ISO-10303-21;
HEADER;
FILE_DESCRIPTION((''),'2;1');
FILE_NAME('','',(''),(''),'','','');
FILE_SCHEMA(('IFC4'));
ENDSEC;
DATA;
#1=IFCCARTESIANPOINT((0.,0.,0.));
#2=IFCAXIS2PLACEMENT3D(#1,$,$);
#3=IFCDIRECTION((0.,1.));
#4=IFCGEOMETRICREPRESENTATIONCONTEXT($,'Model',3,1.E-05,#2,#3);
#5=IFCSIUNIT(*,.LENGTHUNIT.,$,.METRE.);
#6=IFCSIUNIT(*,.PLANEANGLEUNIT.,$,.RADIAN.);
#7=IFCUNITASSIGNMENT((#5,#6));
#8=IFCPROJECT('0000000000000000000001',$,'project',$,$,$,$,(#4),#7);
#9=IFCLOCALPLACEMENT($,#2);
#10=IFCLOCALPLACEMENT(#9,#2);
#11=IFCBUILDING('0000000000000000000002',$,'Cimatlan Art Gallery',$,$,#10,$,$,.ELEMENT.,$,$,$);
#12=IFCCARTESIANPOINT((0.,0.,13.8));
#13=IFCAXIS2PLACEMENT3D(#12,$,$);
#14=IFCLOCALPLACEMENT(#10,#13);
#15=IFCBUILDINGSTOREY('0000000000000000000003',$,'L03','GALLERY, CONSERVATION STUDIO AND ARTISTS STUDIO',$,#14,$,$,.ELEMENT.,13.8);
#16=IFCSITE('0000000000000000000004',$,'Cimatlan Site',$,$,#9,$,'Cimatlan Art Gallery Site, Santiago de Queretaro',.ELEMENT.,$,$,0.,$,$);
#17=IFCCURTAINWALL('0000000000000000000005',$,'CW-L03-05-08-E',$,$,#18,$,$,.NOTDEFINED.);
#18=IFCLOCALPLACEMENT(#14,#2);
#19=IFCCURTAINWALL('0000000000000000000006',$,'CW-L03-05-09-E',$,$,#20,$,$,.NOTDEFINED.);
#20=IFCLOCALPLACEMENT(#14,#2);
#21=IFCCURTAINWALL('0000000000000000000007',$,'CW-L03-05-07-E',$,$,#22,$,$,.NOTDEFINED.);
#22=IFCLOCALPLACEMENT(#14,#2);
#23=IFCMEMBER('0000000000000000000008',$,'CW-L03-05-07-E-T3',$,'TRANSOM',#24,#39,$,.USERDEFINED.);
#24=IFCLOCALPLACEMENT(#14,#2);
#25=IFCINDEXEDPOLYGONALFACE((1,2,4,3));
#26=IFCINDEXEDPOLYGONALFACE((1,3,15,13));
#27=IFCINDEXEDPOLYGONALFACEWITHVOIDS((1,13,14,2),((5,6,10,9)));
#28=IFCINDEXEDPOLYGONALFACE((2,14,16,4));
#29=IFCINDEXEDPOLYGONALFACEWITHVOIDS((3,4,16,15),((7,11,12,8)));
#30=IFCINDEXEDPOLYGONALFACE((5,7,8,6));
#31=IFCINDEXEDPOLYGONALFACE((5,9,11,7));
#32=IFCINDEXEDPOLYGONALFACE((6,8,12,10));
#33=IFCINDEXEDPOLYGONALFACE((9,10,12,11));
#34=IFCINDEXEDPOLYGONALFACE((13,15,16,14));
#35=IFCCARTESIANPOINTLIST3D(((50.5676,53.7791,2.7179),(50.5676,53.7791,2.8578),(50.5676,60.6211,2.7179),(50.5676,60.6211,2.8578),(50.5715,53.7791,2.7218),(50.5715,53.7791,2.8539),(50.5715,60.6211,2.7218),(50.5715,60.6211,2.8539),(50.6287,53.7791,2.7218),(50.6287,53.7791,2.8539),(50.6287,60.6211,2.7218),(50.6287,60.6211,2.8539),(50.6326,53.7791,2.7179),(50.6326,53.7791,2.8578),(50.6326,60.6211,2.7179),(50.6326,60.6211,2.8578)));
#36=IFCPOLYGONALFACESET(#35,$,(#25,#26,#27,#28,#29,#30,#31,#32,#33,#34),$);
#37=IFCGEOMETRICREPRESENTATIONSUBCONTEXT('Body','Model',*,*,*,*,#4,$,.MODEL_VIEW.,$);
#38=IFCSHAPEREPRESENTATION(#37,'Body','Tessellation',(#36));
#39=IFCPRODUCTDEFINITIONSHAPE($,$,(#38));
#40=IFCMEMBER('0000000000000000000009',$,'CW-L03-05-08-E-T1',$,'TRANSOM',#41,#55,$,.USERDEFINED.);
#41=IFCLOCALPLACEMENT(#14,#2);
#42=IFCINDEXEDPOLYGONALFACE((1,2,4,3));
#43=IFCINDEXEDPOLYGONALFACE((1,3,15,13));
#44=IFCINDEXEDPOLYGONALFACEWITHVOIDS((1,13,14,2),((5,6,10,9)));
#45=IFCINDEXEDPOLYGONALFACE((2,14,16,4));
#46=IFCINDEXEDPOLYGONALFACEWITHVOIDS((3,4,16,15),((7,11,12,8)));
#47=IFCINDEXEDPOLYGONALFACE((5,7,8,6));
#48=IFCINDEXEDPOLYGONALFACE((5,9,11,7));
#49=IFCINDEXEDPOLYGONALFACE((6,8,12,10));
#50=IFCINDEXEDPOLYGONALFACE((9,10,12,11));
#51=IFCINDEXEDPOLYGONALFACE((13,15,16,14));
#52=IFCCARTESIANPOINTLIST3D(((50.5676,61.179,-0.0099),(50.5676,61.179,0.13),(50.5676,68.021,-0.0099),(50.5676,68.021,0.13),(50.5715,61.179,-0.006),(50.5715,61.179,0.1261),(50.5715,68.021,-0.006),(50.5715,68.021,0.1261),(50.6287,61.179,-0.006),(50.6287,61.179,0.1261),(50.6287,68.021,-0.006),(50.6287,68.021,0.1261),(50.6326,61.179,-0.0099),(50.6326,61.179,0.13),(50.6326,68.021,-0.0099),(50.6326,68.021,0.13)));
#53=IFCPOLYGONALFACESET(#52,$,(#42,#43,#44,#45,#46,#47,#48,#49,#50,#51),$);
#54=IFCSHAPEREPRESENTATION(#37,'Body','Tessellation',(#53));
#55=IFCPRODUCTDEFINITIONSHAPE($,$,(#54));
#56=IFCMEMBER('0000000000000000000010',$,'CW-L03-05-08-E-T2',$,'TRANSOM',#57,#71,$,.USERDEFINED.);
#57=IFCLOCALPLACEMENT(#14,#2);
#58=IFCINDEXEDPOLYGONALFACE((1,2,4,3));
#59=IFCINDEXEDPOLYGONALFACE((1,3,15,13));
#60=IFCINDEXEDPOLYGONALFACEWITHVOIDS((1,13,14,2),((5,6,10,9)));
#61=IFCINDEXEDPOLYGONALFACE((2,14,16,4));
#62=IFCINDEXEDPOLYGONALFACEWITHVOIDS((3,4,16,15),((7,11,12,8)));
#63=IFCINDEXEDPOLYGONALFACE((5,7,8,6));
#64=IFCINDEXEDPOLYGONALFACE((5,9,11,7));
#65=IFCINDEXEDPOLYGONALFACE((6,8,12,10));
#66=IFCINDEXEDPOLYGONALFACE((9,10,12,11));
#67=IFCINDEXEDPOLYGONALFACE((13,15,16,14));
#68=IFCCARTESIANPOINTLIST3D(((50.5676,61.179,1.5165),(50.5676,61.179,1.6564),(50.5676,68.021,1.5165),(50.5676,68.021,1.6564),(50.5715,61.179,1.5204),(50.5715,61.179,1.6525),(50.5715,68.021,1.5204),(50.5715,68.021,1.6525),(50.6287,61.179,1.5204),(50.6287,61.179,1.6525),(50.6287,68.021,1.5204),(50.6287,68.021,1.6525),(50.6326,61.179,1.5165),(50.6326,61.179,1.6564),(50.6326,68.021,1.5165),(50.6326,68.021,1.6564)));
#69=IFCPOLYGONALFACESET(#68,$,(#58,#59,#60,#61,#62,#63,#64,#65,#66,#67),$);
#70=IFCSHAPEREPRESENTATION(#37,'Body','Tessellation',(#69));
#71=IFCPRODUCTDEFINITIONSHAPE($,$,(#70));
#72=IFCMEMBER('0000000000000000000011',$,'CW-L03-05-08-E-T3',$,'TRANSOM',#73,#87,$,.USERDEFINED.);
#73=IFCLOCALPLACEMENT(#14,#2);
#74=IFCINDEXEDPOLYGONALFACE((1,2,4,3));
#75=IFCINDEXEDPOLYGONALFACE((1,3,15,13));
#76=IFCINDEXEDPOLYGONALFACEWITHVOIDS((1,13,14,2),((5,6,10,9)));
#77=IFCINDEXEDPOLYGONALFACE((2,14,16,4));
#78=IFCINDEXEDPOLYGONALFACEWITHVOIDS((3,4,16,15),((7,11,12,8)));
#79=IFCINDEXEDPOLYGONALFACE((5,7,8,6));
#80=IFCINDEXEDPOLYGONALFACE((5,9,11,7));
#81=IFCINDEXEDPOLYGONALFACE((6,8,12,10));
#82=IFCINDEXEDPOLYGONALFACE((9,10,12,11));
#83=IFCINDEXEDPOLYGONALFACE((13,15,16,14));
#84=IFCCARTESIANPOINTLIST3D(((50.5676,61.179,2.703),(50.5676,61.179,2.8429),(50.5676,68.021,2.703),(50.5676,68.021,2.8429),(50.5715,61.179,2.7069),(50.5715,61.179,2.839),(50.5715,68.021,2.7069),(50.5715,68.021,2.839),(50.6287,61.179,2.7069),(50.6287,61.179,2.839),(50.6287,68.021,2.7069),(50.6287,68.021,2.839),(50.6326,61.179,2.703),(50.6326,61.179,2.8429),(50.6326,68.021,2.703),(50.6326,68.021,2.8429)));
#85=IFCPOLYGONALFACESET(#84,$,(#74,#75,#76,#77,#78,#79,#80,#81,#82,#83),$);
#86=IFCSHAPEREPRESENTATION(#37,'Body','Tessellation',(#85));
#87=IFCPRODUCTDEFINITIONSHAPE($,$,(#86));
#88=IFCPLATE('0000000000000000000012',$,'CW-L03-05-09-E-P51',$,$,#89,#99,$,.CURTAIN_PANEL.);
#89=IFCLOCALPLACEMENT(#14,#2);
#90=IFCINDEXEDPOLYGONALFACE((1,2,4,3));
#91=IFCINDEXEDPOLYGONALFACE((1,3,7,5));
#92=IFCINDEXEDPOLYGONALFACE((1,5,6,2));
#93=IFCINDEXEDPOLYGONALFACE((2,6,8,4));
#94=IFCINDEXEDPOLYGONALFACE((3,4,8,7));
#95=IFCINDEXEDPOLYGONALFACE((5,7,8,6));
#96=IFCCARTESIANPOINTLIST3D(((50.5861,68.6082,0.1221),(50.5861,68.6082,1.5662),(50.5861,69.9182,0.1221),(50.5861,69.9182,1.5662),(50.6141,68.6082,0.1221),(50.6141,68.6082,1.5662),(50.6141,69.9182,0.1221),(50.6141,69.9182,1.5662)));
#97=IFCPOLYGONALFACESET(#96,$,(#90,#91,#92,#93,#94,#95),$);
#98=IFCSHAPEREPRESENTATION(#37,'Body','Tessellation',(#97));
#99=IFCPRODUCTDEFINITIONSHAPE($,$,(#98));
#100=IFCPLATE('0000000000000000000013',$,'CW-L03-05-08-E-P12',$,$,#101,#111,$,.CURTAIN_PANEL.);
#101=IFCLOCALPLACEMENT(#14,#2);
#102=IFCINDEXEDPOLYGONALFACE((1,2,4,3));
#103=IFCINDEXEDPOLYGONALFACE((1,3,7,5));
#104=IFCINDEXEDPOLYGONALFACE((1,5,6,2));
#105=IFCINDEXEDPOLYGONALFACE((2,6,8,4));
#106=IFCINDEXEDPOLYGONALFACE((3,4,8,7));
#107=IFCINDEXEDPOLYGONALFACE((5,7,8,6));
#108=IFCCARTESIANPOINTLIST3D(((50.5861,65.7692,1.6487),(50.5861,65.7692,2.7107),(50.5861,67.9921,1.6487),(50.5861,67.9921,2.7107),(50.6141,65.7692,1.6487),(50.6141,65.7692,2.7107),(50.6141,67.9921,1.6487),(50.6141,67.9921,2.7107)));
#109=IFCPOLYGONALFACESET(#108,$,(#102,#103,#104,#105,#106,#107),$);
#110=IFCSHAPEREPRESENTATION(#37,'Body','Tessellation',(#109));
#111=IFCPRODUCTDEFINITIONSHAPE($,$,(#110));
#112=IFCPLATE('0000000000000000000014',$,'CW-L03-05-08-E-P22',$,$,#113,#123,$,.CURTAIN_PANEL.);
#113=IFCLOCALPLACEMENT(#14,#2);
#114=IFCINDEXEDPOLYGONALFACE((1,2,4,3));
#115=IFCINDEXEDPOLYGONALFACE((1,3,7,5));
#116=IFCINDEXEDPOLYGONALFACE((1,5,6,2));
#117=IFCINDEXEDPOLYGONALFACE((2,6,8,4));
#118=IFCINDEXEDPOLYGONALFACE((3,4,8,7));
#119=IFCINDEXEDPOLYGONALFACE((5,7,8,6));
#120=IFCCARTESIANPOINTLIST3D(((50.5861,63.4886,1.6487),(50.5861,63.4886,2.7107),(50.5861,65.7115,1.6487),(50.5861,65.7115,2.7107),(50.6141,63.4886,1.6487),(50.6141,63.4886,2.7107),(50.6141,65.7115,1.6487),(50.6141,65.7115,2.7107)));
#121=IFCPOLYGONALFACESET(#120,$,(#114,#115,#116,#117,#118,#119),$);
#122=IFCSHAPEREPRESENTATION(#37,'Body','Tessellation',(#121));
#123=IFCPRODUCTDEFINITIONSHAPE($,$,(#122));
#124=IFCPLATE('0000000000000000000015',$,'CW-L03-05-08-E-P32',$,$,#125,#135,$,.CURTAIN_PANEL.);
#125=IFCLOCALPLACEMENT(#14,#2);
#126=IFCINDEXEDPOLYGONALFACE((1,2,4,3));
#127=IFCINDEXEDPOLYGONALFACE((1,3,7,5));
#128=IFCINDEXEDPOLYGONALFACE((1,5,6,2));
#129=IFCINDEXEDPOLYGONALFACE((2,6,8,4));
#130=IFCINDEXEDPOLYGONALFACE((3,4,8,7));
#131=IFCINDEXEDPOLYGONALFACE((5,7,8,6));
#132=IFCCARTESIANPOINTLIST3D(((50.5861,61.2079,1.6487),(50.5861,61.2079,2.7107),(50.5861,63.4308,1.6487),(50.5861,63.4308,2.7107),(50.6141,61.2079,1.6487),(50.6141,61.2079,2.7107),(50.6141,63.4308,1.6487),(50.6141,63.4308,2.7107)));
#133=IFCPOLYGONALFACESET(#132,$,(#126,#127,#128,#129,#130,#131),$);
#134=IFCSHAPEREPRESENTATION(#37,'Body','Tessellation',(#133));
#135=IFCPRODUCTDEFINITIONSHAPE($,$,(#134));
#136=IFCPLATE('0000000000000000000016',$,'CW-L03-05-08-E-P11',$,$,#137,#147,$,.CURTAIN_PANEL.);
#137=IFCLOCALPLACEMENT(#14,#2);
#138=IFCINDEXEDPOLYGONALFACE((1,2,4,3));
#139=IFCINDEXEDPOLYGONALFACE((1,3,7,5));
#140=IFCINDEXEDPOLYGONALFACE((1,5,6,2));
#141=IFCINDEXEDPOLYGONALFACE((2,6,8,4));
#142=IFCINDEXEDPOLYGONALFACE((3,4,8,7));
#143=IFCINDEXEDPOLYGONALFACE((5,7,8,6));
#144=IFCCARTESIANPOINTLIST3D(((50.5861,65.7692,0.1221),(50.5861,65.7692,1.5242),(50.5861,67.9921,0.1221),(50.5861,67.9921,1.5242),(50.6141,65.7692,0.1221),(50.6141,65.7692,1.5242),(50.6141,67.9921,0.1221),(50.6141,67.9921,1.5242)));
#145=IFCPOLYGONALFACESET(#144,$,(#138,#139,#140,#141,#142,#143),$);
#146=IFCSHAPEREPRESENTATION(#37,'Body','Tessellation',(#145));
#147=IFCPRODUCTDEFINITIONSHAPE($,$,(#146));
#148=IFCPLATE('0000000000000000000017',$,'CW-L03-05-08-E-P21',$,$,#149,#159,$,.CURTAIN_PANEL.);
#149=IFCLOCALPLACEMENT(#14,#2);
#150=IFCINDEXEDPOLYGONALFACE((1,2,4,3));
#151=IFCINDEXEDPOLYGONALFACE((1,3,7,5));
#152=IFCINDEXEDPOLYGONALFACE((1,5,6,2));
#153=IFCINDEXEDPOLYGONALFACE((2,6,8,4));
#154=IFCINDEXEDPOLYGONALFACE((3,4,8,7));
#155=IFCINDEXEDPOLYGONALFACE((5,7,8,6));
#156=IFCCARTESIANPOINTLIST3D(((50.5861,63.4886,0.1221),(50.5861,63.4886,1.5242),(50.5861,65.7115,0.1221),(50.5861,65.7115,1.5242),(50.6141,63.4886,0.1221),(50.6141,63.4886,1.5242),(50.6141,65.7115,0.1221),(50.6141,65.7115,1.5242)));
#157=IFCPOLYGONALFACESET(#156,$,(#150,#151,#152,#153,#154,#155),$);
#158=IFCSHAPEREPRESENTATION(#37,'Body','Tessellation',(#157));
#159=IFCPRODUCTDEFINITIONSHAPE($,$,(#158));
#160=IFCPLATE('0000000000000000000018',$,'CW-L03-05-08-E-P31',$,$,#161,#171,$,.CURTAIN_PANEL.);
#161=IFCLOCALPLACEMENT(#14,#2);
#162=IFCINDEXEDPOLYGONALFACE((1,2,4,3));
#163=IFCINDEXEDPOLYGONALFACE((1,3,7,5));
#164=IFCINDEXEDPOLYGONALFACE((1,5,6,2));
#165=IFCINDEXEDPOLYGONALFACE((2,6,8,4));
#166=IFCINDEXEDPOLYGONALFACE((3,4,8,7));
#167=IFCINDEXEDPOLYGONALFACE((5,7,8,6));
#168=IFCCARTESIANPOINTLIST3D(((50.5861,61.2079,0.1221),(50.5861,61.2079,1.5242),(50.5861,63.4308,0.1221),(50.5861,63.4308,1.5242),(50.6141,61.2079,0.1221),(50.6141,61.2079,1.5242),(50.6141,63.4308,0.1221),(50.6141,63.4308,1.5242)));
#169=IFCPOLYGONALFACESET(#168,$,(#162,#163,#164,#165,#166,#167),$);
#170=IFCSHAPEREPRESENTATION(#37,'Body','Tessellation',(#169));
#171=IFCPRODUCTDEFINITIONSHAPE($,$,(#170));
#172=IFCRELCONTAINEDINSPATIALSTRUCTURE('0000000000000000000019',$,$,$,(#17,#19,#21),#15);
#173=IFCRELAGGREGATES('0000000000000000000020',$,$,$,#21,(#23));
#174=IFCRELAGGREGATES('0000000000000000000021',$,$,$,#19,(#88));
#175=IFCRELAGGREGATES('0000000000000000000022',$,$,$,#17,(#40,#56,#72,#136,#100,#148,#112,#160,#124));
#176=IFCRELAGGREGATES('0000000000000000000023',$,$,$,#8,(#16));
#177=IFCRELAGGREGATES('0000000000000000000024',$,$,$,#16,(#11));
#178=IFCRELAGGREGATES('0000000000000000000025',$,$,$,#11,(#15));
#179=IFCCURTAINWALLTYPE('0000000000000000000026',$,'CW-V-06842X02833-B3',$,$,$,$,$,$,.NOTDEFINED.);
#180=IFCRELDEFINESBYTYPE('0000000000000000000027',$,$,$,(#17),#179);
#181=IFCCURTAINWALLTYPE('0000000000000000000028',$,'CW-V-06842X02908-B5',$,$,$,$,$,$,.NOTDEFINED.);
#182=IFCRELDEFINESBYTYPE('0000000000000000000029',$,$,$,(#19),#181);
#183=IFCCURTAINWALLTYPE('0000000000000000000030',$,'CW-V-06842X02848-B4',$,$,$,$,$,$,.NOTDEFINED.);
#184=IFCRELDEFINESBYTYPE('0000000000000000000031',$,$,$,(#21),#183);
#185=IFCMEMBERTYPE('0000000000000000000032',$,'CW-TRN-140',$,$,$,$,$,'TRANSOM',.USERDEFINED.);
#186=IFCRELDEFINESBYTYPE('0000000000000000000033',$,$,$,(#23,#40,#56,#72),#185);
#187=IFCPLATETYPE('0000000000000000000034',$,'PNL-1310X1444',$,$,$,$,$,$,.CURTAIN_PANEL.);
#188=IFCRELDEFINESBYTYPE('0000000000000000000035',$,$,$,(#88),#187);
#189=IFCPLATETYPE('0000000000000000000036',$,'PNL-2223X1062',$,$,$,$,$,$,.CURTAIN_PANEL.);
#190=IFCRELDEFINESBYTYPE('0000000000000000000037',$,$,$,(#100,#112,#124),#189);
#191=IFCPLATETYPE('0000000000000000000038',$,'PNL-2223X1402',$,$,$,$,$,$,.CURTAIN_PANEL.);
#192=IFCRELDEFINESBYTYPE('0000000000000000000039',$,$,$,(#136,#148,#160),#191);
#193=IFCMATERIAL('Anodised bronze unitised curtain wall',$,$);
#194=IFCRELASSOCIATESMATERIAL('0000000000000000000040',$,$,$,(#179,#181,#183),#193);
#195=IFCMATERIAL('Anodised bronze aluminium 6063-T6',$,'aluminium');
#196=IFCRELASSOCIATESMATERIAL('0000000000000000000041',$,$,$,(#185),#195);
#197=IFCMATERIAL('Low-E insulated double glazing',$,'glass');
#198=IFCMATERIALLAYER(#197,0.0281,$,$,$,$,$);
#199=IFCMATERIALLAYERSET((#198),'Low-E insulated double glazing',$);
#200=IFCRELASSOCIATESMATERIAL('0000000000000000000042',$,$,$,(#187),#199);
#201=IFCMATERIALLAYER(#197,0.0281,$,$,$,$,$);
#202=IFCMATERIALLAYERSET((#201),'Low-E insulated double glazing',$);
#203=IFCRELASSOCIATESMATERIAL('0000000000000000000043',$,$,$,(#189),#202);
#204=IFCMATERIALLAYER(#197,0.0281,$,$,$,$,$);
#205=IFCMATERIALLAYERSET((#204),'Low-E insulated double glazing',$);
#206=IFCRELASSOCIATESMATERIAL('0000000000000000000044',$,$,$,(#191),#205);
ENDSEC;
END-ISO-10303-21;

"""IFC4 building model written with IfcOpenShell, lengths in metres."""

from ifc_helpers import new_model, si_unit, direction, frame, origin, origin_2d, place, context, subcontext, project, spatial, rectangle, hollow_rectangle, extrude, material, layer, layer_set, material_profile, profile_set, type_object, element, aggregate, save


model = new_model("IFC4")

# Units and contexts
model_context = context("Model", 3, precision=1e-05, world=origin(), true_north=direction((0.0, 1.0)))
body_context = subcontext(model_context, "Body", "Model", "MODEL_VIEW")
ifc_project = project(units=[si_unit("LENGTHUNIT", "METRE"), si_unit("PLANEANGLEUNIT", "RADIAN")], contexts=[model_context])

# Site, building, storey
site_placement = place(None, origin())
site = spatial("IfcSite", under=ifc_project, at=site_placement, Name="Cimatlan Site", LongName="Cimatlan Art Gallery Site, Santiago de Queretaro", CompositionType="ELEMENT", RefElevation=0.0)
building_placement = place(site_placement, origin())
building = spatial("IfcBuilding", under=site, at=building_placement, Name="Cimatlan Art Gallery", CompositionType="ELEMENT")
storey_placement = place(building_placement, frame((0.0, 0.0, 13.8)))
storey = spatial("IfcBuildingStorey", under=building, at=storey_placement, Name="L03", Description="GALLERY, CONSERVATION STUDIO AND ARTISTS STUDIO", CompositionType="ELEMENT", Elevation=13.8)

# Curtain wall
ifc_material_1 = material(Name="Anodised bronze unitised curtain wall")
curtain_wall_type_1 = type_object("IfcCurtainWallType", Name="CW-V-06842X02833-B3", PredefinedType="NOTDEFINED", material=ifc_material_1)
curtain_wall_1_placement = place(storey_placement, origin())
curtain_wall_1 = element("IfcCurtainWall", 1, at=curtain_wall_1_placement, inside=storey, type_object=curtain_wall_type_1, Name="CW-L03-05-08-E", PredefinedType="NOTDEFINED")
ifc_material_2 = material(Name="Anodised bronze aluminium 6063-T6", Category="aluminium")

# Curtain wall
curtain_wall_type_2 = type_object("IfcCurtainWallType", Name="CW-V-06842X02908-B5", PredefinedType="NOTDEFINED", material=ifc_material_1)
curtain_wall_2_placement = place(storey_placement, origin())
curtain_wall_2 = element("IfcCurtainWall", 2, at=curtain_wall_2_placement, inside=storey, type_object=curtain_wall_type_2, Name="CW-L03-05-09-E", PredefinedType="NOTDEFINED")

# Curtain wall, member
curtain_wall_type_3 = type_object("IfcCurtainWallType", Name="CW-V-06842X02848-B4", PredefinedType="NOTDEFINED", material=ifc_material_1)
curtain_wall_3_placement = place(storey_placement, origin())
curtain_wall_3 = element("IfcCurtainWall", 3, at=curtain_wall_3_placement, inside=storey, type_object=curtain_wall_type_3, Name="CW-L03-05-07-E", PredefinedType="NOTDEFINED")
ifc_material_profile_1 = material_profile(ifc_material_2, hollow_rectangle(XDim=0.0649, YDim=0.1399, WallThickness=0.0039, at=origin_2d()), Name="ALU65X140X4")
ifc_profile_set_1 = profile_set([ifc_material_profile_1], Name="Anodised bronze aluminium 6063-T6")
member_type_1 = type_object("IfcMemberType", Name="CW-TRN-140", ElementType="TRANSOM", PredefinedType="USERDEFINED", material=ifc_profile_set_1)
member_1_placement = place(storey_placement, frame((50.6001, 60.6211, 2.7878), z_axis=(0.0, -1.0, 0.0), x_axis=(1.0, 0.0, 0.0)))
member_1 = element("IfcMember", 4, at=member_1_placement, type_object=member_type_1, Name="CW-L03-05-07-E-T3", ObjectType="TRANSOM", PredefinedType="USERDEFINED", context=body_context, shape_type="SweptSolid", body=[
    extrude(hollow_rectangle(XDim=0.0649, YDim=0.1399, WallThickness=0.0039, at=origin_2d()), origin(), (0.0, 0.0, 1.0), 6.842),
])
aggregate(curtain_wall_3, [member_1])

# Members
member_2_placement = place(storey_placement, frame((50.6001, 68.021, 0.0601), z_axis=(0.0, -1.0, 0.0), x_axis=(1.0, 0.0, 0.0)))
member_2 = element("IfcMember", 5, at=member_2_placement, type_object=member_type_1, Name="CW-L03-05-08-E-T1", ObjectType="TRANSOM", PredefinedType="USERDEFINED", context=body_context, shape_type="SweptSolid", body=[
    extrude(hollow_rectangle(XDim=0.0649, YDim=0.1399, WallThickness=0.0039, at=origin_2d()), origin(), (0.0, 0.0, 1.0), 6.842),
])
member_3_placement = place(storey_placement, frame((50.6001, 68.021, 1.5864), z_axis=(0.0, -1.0, 0.0), x_axis=(1.0, 0.0, 0.0)))
member_3 = element("IfcMember", 6, at=member_3_placement, type_object=member_type_1, Name="CW-L03-05-08-E-T2", ObjectType="TRANSOM", PredefinedType="USERDEFINED", context=body_context, shape_type="SweptSolid", body=[
    extrude(hollow_rectangle(XDim=0.0649, YDim=0.1399, WallThickness=0.0039, at=origin_2d()), origin(), (0.0, 0.0, 1.0), 6.842),
])
member_4_placement = place(storey_placement, frame((50.6001, 68.021, 2.7729), z_axis=(0.0, -1.0, 0.0), x_axis=(1.0, 0.0, 0.0)))
member_4 = element("IfcMember", 7, at=member_4_placement, type_object=member_type_1, Name="CW-L03-05-08-E-T3", ObjectType="TRANSOM", PredefinedType="USERDEFINED", context=body_context, shape_type="SweptSolid", body=[
    extrude(hollow_rectangle(XDim=0.0649, YDim=0.1399, WallThickness=0.0039, at=origin_2d()), origin(), (0.0, 0.0, 1.0), 6.842),
])

# Plates
ifc_material_3 = material(Name="Low-E insulated double glazing", Category="glass")
ifc_layer_1 = layer(ifc_material_3, 0.0281)
ifc_layer_set_1 = layer_set([ifc_layer_1], Name="Low-E insulated double glazing")
plate_type_1 = type_object("IfcPlateType", Name="PNL-1310X1444", PredefinedType="CURTAIN_PANEL", material=ifc_layer_set_1)
plate_1_placement = place(storey_placement, frame((50.6001, 69.2632, 0.1221), z_axis=(0.0, 0.0, 1.0), x_axis=(0.0, -1.0, 0.0)))
plate_1 = element("IfcPlate", 8, at=plate_1_placement, type_object=plate_type_1, Name="CW-L03-05-09-E-P51", PredefinedType="CURTAIN_PANEL", context=body_context, shape_type="SweptSolid", body=[
    extrude(rectangle(XDim=1.3101, YDim=0.0281, at=origin_2d()), origin(), (0.0, 0.0, 1.0), 1.4441),
])
aggregate(curtain_wall_2, [plate_1])
ifc_layer_2 = layer(ifc_material_3, 0.0281)
ifc_layer_set_2 = layer_set([ifc_layer_2], Name="Low-E insulated double glazing")
plate_type_2 = type_object("IfcPlateType", Name="PNL-2223X1062", PredefinedType="CURTAIN_PANEL", material=ifc_layer_set_2)
plate_2_placement = place(storey_placement, frame((50.6001, 66.8806, 1.6487), z_axis=(0.0, 0.0, 1.0), x_axis=(0.0, -1.0, 0.0)))
plate_2 = element("IfcPlate", 9, at=plate_2_placement, type_object=plate_type_2, Name="CW-L03-05-08-E-P12", PredefinedType="CURTAIN_PANEL", context=body_context, shape_type="SweptSolid", body=[
    extrude(rectangle(XDim=2.2229, YDim=0.0281, at=origin_2d()), origin(), (0.0, 0.0, 1.0), 1.062),
])
plate_3_placement = place(storey_placement, frame((50.6001, 64.6001, 1.6487), z_axis=(0.0, 0.0, 1.0), x_axis=(0.0, -1.0, 0.0)))
plate_3 = element("IfcPlate", 10, at=plate_3_placement, type_object=plate_type_2, Name="CW-L03-05-08-E-P22", PredefinedType="CURTAIN_PANEL", context=body_context, shape_type="SweptSolid", body=[
    extrude(rectangle(XDim=2.2229, YDim=0.0281, at=origin_2d()), origin(), (0.0, 0.0, 1.0), 1.062),
])
plate_4_placement = place(storey_placement, frame((50.6001, 62.3193, 1.6487), z_axis=(0.0, 0.0, 1.0), x_axis=(0.0, -1.0, 0.0)))
plate_4 = element("IfcPlate", 11, at=plate_4_placement, type_object=plate_type_2, Name="CW-L03-05-08-E-P32", PredefinedType="CURTAIN_PANEL", context=body_context, shape_type="SweptSolid", body=[
    extrude(rectangle(XDim=2.2229, YDim=0.0281, at=origin_2d()), origin(), (0.0, 0.0, 1.0), 1.062),
])
ifc_layer_3 = layer(ifc_material_3, 0.0281)
ifc_layer_set_3 = layer_set([ifc_layer_3], Name="Low-E insulated double glazing")
plate_type_3 = type_object("IfcPlateType", Name="PNL-2223X1402", PredefinedType="CURTAIN_PANEL", material=ifc_layer_set_3)
plate_5_placement = place(storey_placement, frame((50.6001, 66.8806, 0.1221), z_axis=(0.0, 0.0, 1.0), x_axis=(0.0, -1.0, 0.0)))
plate_5 = element("IfcPlate", 12, at=plate_5_placement, type_object=plate_type_3, Name="CW-L03-05-08-E-P11", PredefinedType="CURTAIN_PANEL", context=body_context, shape_type="SweptSolid", body=[
    extrude(rectangle(XDim=2.2229, YDim=0.0281, at=origin_2d()), origin(), (0.0, 0.0, 1.0), 1.4021),
])
plate_6_placement = place(storey_placement, frame((50.6001, 64.6001, 0.1221), z_axis=(0.0, 0.0, 1.0), x_axis=(0.0, -1.0, 0.0)))
plate_6 = element("IfcPlate", 13, at=plate_6_placement, type_object=plate_type_3, Name="CW-L03-05-08-E-P21", PredefinedType="CURTAIN_PANEL", context=body_context, shape_type="SweptSolid", body=[
    extrude(rectangle(XDim=2.2229, YDim=0.0281, at=origin_2d()), origin(), (0.0, 0.0, 1.0), 1.4021),
])
plate_7_placement = place(storey_placement, frame((50.6001, 62.3193, 0.1221), z_axis=(0.0, 0.0, 1.0), x_axis=(0.0, -1.0, 0.0)))
plate_7 = element("IfcPlate", 14, at=plate_7_placement, type_object=plate_type_3, Name="CW-L03-05-08-E-P31", PredefinedType="CURTAIN_PANEL", context=body_context, shape_type="SweptSolid", body=[
    extrude(rectangle(XDim=2.2229, YDim=0.0281, at=origin_2d()), origin(), (0.0, 0.0, 1.0), 1.4021),
])
aggregate(curtain_wall_1, [member_2, member_3, member_4, plate_5, plate_2, plate_6, plate_3, plate_7, plate_4])

save(model, "model.ifc")
